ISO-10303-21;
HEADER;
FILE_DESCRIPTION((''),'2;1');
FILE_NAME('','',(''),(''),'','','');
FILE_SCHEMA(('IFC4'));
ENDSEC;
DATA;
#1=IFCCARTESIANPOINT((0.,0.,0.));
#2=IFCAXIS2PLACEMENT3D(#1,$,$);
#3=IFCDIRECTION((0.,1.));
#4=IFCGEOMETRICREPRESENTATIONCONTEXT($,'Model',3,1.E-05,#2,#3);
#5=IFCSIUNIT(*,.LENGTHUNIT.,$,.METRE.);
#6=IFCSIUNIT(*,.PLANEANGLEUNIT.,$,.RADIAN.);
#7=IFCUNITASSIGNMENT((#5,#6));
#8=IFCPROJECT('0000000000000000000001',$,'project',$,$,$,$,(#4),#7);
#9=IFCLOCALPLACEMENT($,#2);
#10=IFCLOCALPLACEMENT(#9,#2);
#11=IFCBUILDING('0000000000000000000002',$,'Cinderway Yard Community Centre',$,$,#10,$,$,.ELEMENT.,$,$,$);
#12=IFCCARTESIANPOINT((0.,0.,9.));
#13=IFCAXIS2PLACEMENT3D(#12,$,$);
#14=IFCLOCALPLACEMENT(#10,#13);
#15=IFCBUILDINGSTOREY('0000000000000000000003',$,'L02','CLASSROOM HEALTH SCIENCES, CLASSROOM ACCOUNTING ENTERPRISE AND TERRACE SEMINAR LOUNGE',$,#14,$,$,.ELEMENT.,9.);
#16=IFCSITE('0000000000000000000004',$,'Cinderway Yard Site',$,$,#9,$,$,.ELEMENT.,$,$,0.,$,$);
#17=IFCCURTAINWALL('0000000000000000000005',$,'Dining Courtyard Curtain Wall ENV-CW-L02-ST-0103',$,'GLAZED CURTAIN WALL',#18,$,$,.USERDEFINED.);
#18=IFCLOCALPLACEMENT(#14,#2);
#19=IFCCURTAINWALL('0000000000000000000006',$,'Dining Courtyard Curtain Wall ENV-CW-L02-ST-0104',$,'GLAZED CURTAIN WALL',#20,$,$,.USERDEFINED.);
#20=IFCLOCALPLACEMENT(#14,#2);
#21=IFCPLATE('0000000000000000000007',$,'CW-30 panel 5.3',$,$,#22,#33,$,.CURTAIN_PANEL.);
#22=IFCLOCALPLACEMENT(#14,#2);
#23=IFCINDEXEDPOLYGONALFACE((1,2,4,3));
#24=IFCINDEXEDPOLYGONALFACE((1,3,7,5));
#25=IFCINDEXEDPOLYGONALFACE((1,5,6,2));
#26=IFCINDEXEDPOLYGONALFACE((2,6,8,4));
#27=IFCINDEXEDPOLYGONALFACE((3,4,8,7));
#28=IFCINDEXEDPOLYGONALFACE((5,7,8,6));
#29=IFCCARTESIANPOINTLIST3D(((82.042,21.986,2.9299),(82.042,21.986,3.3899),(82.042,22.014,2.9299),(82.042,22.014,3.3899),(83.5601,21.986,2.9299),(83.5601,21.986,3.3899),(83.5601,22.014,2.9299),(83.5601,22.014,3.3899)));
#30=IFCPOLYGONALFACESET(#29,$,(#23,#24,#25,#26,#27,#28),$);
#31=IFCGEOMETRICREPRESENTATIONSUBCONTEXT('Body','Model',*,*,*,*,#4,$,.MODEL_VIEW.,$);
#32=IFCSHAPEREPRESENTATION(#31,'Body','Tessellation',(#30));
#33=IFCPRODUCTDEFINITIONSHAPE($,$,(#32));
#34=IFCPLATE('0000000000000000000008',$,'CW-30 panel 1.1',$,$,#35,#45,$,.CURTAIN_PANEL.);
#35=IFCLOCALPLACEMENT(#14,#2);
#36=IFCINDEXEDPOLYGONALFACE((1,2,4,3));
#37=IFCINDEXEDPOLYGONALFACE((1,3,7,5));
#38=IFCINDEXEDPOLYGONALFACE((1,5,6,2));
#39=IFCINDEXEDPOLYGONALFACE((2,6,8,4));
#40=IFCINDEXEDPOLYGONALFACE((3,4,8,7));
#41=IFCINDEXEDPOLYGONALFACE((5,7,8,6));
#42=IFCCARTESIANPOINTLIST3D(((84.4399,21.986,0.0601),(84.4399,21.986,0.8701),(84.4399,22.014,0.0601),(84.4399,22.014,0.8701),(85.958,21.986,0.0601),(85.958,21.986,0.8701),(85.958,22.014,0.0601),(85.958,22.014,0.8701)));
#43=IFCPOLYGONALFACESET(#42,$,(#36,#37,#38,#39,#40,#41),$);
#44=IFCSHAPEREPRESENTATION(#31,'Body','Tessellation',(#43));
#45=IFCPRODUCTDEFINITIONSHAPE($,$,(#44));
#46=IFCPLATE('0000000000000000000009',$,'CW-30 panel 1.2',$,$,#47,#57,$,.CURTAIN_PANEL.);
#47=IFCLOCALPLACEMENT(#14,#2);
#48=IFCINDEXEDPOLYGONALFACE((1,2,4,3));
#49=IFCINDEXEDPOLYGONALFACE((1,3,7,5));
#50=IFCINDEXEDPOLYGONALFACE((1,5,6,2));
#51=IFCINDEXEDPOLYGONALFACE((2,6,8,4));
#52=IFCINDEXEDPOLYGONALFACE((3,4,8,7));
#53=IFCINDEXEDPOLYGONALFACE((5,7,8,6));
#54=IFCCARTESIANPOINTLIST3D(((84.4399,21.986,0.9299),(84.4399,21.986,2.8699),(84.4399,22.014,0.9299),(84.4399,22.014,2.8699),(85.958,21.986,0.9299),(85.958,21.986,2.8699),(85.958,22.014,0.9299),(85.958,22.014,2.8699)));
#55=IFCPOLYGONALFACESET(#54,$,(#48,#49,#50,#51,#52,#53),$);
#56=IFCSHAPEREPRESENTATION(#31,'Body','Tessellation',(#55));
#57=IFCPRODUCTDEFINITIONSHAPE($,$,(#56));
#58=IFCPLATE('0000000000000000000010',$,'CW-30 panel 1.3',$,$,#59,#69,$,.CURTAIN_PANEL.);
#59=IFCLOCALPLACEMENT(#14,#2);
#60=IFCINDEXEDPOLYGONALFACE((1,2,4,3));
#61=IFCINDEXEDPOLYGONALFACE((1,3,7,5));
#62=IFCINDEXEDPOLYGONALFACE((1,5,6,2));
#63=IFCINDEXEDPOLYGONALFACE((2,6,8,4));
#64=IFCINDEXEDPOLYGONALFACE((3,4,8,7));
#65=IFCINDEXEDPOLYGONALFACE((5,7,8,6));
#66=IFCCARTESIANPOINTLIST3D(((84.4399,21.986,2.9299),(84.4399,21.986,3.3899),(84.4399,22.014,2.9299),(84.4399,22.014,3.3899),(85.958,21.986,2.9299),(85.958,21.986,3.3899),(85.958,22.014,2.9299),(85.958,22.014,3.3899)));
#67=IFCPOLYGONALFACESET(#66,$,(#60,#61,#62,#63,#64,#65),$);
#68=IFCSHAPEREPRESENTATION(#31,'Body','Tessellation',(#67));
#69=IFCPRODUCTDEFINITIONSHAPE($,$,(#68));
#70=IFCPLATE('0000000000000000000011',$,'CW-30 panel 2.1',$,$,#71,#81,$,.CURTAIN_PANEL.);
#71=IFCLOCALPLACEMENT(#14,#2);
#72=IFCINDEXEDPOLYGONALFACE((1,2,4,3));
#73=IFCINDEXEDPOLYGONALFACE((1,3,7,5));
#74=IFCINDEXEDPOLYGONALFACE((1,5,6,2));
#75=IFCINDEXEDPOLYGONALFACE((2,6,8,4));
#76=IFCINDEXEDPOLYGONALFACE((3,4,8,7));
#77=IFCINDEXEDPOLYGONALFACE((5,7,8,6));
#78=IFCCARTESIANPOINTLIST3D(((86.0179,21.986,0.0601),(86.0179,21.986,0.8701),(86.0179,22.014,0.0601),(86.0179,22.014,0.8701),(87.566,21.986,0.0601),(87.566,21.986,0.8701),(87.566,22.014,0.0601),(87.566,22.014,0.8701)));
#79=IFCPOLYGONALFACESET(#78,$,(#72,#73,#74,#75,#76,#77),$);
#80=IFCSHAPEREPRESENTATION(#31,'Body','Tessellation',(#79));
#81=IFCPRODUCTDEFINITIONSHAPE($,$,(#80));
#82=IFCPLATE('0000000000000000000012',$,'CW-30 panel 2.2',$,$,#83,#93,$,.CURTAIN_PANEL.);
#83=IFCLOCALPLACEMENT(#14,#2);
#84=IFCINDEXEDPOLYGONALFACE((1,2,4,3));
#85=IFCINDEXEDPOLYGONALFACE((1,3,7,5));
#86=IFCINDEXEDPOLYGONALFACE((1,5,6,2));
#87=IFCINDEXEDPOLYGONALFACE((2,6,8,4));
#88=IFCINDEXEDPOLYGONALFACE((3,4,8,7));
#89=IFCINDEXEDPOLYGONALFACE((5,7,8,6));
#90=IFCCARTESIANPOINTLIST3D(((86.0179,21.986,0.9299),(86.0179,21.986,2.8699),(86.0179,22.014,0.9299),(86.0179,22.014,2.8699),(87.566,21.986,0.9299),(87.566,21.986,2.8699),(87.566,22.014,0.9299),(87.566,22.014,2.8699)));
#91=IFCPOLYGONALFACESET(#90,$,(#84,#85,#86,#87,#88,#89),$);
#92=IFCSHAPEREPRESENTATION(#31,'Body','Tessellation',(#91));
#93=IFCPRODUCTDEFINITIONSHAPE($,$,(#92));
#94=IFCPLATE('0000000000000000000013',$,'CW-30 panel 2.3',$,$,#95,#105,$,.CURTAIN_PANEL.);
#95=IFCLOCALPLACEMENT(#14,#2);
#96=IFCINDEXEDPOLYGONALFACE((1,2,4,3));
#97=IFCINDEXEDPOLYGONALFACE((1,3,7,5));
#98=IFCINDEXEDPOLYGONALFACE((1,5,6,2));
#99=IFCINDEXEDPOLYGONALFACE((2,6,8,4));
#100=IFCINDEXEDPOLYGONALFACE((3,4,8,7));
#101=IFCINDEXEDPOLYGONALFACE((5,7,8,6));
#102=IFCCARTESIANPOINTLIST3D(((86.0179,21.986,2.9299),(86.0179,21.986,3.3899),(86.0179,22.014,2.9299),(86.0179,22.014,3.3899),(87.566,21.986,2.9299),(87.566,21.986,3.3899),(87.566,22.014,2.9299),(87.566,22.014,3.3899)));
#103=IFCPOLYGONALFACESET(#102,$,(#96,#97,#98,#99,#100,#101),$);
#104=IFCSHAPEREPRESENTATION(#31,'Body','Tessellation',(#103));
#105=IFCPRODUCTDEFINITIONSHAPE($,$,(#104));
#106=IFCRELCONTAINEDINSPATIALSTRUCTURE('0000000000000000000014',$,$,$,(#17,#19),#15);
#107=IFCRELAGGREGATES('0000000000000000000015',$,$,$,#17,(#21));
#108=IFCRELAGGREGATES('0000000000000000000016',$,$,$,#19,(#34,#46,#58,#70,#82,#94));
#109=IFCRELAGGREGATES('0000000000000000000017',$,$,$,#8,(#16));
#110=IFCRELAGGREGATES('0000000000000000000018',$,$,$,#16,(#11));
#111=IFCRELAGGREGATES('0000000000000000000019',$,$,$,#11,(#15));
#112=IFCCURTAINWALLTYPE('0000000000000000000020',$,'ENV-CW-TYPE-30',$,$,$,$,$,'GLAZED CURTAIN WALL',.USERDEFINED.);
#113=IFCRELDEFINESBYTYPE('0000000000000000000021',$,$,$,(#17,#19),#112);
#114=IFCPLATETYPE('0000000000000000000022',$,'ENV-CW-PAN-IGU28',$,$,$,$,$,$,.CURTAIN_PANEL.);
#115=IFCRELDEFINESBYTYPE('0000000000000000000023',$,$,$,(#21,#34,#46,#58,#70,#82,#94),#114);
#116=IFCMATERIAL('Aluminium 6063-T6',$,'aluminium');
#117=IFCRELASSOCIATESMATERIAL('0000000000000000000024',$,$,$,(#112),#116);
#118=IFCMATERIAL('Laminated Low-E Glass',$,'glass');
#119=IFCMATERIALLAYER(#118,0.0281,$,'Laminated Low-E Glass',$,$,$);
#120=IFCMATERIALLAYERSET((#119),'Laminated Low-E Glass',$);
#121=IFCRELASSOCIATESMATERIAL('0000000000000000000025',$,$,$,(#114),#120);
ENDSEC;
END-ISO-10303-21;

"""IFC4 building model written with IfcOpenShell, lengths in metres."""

from ifc_helpers import new_model, si_unit, direction, frame, origin, origin_2d, place, context, subcontext, project, spatial, rectangle, extrude, material, layer, layer_set, type_object, element, aggregate, save


model = new_model("IFC4")

# Units and contexts
model_context = context("Model", 3, precision=1e-05, world=origin(), true_north=direction((0.0, 1.0)))
body_context = subcontext(model_context, "Body", "Model", "MODEL_VIEW")
ifc_project = project(units=[si_unit("LENGTHUNIT", "METRE"), si_unit("PLANEANGLEUNIT", "RADIAN")], contexts=[model_context])

# Site, building, storey
site_placement = place(None, origin())
site = spatial("IfcSite", under=ifc_project, at=site_placement, Name="Cinderway Yard Site", CompositionType="ELEMENT", RefElevation=0.0)
building_placement = place(site_placement, origin())
building = spatial("IfcBuilding", under=site, at=building_placement, Name="Cinderway Yard Community Centre", CompositionType="ELEMENT")
storey_placement = place(building_placement, frame((0.0, 0.0, 9.0)))
storey = spatial("IfcBuildingStorey", under=building, at=storey_placement, Name="L02", Description="CLASSROOM HEALTH SCIENCES, CLASSROOM ACCOUNTING ENTERPRISE AND TERRACE SEMINAR LOUNGE", CompositionType="ELEMENT", Elevation=9.0)

# Curtain wall
ifc_material_1 = material(Name="Aluminium 6063-T6", Category="aluminium")
curtain_wall_type = type_object("IfcCurtainWallType", Name="ENV-CW-TYPE-30", ElementType="GLAZED CURTAIN WALL", PredefinedType="USERDEFINED", material=ifc_material_1)
curtain_wall_1_placement = place(storey_placement, origin())
curtain_wall_1 = element("IfcCurtainWall", 1, at=curtain_wall_1_placement, inside=storey, type_object=curtain_wall_type, Name="Dining Courtyard Curtain Wall ENV-CW-L02-ST-0103", ObjectType="GLAZED CURTAIN WALL", PredefinedType="USERDEFINED")

# Curtain wall
curtain_wall_2_placement = place(storey_placement, origin())
curtain_wall_2 = element("IfcCurtainWall", 2, at=curtain_wall_2_placement, inside=storey, type_object=curtain_wall_type, Name="Dining Courtyard Curtain Wall ENV-CW-L02-ST-0104", ObjectType="GLAZED CURTAIN WALL", PredefinedType="USERDEFINED")

# Plates
ifc_material_2 = material(Name="Laminated Low-E Glass", Category="glass")
ifc_layer = layer(ifc_material_2, 0.0281, Name="Laminated Low-E Glass")
ifc_layer_set = layer_set([ifc_layer], Name="Laminated Low-E Glass")
plate_type = type_object("IfcPlateType", Name="ENV-CW-PAN-IGU28", PredefinedType="CURTAIN_PANEL", material=ifc_layer_set)
plate_1_placement = place(storey_placement, frame((82.801, 22.0, 2.9299), z_axis=(0.0, 0.0, 1.0), x_axis=(1.0, 0.0, 0.0)))
plate_1 = element("IfcPlate", 3, at=plate_1_placement, type_object=plate_type, Name="CW-30 panel 5.3", PredefinedType="CURTAIN_PANEL", context=body_context, shape_type="SweptSolid", body=[
    extrude(rectangle(XDim=1.5181, YDim=0.0281, at=origin_2d()), origin(), (0.0, 0.0, 1.0), 0.46),
])
aggregate(curtain_wall_1, [plate_1])
plate_2_placement = place(storey_placement, frame((85.199, 22.0, 0.0601), z_axis=(0.0, 0.0, 1.0), x_axis=(1.0, 0.0, 0.0)))
plate_2 = element("IfcPlate", 4, at=plate_2_placement, type_object=plate_type, Name="CW-30 panel 1.1", PredefinedType="CURTAIN_PANEL", context=body_context, shape_type="SweptSolid", body=[
    extrude(rectangle(XDim=1.5181, YDim=0.0281, at=origin_2d()), origin(), (0.0, 0.0, 1.0), 0.8101),
])
plate_3_placement = place(storey_placement, frame((85.199, 22.0, 0.9299), z_axis=(0.0, 0.0, 1.0), x_axis=(1.0, 0.0, 0.0)))
plate_3 = element("IfcPlate", 5, at=plate_3_placement, type_object=plate_type, Name="CW-30 panel 1.2", PredefinedType="CURTAIN_PANEL", context=body_context, shape_type="SweptSolid", body=[
    extrude(rectangle(XDim=1.5181, YDim=0.0281, at=origin_2d()), origin(), (0.0, 0.0, 1.0), 1.9399),
])
plate_4_placement = place(storey_placement, frame((85.199, 22.0, 2.9299), z_axis=(0.0, 0.0, 1.0), x_axis=(1.0, 0.0, 0.0)))
plate_4 = element("IfcPlate", 6, at=plate_4_placement, type_object=plate_type, Name="CW-30 panel 1.3", PredefinedType="CURTAIN_PANEL", context=body_context, shape_type="SweptSolid", body=[
    extrude(rectangle(XDim=1.5181, YDim=0.0281, at=origin_2d()), origin(), (0.0, 0.0, 1.0), 0.46),
])
plate_5_placement = place(storey_placement, frame((86.792, 22.0, 0.0601), z_axis=(0.0, 0.0, 1.0), x_axis=(1.0, 0.0, 0.0)))
plate_5 = element("IfcPlate", 7, at=plate_5_placement, type_object=plate_type, Name="CW-30 panel 2.1", PredefinedType="CURTAIN_PANEL", context=body_context, shape_type="SweptSolid", body=[
    extrude(rectangle(XDim=1.5481, YDim=0.0281, at=origin_2d()), origin(), (0.0, 0.0, 1.0), 0.8101),
])
plate_6_placement = place(storey_placement, frame((86.792, 22.0, 0.9299), z_axis=(0.0, 0.0, 1.0), x_axis=(1.0, 0.0, 0.0)))
plate_6 = element("IfcPlate", 8, at=plate_6_placement, type_object=plate_type, Name="CW-30 panel 2.2", PredefinedType="CURTAIN_PANEL", context=body_context, shape_type="SweptSolid", body=[
    extrude(rectangle(XDim=1.5481, YDim=0.0281, at=origin_2d()), origin(), (0.0, 0.0, 1.0), 1.9399),
])
plate_7_placement = place(storey_placement, frame((86.792, 22.0, 2.9299), z_axis=(0.0, 0.0, 1.0), x_axis=(1.0, 0.0, 0.0)))
plate_7 = element("IfcPlate", 9, at=plate_7_placement, type_object=plate_type, Name="CW-30 panel 2.3", PredefinedType="CURTAIN_PANEL", context=body_context, shape_type="SweptSolid", body=[
    extrude(rectangle(XDim=1.5481, YDim=0.0281, at=origin_2d()), origin(), (0.0, 0.0, 1.0), 0.46),
])
aggregate(curtain_wall_2, [plate_2, plate_3, plate_4, plate_5, plate_6, plate_7])

save(model, "model.ifc")
